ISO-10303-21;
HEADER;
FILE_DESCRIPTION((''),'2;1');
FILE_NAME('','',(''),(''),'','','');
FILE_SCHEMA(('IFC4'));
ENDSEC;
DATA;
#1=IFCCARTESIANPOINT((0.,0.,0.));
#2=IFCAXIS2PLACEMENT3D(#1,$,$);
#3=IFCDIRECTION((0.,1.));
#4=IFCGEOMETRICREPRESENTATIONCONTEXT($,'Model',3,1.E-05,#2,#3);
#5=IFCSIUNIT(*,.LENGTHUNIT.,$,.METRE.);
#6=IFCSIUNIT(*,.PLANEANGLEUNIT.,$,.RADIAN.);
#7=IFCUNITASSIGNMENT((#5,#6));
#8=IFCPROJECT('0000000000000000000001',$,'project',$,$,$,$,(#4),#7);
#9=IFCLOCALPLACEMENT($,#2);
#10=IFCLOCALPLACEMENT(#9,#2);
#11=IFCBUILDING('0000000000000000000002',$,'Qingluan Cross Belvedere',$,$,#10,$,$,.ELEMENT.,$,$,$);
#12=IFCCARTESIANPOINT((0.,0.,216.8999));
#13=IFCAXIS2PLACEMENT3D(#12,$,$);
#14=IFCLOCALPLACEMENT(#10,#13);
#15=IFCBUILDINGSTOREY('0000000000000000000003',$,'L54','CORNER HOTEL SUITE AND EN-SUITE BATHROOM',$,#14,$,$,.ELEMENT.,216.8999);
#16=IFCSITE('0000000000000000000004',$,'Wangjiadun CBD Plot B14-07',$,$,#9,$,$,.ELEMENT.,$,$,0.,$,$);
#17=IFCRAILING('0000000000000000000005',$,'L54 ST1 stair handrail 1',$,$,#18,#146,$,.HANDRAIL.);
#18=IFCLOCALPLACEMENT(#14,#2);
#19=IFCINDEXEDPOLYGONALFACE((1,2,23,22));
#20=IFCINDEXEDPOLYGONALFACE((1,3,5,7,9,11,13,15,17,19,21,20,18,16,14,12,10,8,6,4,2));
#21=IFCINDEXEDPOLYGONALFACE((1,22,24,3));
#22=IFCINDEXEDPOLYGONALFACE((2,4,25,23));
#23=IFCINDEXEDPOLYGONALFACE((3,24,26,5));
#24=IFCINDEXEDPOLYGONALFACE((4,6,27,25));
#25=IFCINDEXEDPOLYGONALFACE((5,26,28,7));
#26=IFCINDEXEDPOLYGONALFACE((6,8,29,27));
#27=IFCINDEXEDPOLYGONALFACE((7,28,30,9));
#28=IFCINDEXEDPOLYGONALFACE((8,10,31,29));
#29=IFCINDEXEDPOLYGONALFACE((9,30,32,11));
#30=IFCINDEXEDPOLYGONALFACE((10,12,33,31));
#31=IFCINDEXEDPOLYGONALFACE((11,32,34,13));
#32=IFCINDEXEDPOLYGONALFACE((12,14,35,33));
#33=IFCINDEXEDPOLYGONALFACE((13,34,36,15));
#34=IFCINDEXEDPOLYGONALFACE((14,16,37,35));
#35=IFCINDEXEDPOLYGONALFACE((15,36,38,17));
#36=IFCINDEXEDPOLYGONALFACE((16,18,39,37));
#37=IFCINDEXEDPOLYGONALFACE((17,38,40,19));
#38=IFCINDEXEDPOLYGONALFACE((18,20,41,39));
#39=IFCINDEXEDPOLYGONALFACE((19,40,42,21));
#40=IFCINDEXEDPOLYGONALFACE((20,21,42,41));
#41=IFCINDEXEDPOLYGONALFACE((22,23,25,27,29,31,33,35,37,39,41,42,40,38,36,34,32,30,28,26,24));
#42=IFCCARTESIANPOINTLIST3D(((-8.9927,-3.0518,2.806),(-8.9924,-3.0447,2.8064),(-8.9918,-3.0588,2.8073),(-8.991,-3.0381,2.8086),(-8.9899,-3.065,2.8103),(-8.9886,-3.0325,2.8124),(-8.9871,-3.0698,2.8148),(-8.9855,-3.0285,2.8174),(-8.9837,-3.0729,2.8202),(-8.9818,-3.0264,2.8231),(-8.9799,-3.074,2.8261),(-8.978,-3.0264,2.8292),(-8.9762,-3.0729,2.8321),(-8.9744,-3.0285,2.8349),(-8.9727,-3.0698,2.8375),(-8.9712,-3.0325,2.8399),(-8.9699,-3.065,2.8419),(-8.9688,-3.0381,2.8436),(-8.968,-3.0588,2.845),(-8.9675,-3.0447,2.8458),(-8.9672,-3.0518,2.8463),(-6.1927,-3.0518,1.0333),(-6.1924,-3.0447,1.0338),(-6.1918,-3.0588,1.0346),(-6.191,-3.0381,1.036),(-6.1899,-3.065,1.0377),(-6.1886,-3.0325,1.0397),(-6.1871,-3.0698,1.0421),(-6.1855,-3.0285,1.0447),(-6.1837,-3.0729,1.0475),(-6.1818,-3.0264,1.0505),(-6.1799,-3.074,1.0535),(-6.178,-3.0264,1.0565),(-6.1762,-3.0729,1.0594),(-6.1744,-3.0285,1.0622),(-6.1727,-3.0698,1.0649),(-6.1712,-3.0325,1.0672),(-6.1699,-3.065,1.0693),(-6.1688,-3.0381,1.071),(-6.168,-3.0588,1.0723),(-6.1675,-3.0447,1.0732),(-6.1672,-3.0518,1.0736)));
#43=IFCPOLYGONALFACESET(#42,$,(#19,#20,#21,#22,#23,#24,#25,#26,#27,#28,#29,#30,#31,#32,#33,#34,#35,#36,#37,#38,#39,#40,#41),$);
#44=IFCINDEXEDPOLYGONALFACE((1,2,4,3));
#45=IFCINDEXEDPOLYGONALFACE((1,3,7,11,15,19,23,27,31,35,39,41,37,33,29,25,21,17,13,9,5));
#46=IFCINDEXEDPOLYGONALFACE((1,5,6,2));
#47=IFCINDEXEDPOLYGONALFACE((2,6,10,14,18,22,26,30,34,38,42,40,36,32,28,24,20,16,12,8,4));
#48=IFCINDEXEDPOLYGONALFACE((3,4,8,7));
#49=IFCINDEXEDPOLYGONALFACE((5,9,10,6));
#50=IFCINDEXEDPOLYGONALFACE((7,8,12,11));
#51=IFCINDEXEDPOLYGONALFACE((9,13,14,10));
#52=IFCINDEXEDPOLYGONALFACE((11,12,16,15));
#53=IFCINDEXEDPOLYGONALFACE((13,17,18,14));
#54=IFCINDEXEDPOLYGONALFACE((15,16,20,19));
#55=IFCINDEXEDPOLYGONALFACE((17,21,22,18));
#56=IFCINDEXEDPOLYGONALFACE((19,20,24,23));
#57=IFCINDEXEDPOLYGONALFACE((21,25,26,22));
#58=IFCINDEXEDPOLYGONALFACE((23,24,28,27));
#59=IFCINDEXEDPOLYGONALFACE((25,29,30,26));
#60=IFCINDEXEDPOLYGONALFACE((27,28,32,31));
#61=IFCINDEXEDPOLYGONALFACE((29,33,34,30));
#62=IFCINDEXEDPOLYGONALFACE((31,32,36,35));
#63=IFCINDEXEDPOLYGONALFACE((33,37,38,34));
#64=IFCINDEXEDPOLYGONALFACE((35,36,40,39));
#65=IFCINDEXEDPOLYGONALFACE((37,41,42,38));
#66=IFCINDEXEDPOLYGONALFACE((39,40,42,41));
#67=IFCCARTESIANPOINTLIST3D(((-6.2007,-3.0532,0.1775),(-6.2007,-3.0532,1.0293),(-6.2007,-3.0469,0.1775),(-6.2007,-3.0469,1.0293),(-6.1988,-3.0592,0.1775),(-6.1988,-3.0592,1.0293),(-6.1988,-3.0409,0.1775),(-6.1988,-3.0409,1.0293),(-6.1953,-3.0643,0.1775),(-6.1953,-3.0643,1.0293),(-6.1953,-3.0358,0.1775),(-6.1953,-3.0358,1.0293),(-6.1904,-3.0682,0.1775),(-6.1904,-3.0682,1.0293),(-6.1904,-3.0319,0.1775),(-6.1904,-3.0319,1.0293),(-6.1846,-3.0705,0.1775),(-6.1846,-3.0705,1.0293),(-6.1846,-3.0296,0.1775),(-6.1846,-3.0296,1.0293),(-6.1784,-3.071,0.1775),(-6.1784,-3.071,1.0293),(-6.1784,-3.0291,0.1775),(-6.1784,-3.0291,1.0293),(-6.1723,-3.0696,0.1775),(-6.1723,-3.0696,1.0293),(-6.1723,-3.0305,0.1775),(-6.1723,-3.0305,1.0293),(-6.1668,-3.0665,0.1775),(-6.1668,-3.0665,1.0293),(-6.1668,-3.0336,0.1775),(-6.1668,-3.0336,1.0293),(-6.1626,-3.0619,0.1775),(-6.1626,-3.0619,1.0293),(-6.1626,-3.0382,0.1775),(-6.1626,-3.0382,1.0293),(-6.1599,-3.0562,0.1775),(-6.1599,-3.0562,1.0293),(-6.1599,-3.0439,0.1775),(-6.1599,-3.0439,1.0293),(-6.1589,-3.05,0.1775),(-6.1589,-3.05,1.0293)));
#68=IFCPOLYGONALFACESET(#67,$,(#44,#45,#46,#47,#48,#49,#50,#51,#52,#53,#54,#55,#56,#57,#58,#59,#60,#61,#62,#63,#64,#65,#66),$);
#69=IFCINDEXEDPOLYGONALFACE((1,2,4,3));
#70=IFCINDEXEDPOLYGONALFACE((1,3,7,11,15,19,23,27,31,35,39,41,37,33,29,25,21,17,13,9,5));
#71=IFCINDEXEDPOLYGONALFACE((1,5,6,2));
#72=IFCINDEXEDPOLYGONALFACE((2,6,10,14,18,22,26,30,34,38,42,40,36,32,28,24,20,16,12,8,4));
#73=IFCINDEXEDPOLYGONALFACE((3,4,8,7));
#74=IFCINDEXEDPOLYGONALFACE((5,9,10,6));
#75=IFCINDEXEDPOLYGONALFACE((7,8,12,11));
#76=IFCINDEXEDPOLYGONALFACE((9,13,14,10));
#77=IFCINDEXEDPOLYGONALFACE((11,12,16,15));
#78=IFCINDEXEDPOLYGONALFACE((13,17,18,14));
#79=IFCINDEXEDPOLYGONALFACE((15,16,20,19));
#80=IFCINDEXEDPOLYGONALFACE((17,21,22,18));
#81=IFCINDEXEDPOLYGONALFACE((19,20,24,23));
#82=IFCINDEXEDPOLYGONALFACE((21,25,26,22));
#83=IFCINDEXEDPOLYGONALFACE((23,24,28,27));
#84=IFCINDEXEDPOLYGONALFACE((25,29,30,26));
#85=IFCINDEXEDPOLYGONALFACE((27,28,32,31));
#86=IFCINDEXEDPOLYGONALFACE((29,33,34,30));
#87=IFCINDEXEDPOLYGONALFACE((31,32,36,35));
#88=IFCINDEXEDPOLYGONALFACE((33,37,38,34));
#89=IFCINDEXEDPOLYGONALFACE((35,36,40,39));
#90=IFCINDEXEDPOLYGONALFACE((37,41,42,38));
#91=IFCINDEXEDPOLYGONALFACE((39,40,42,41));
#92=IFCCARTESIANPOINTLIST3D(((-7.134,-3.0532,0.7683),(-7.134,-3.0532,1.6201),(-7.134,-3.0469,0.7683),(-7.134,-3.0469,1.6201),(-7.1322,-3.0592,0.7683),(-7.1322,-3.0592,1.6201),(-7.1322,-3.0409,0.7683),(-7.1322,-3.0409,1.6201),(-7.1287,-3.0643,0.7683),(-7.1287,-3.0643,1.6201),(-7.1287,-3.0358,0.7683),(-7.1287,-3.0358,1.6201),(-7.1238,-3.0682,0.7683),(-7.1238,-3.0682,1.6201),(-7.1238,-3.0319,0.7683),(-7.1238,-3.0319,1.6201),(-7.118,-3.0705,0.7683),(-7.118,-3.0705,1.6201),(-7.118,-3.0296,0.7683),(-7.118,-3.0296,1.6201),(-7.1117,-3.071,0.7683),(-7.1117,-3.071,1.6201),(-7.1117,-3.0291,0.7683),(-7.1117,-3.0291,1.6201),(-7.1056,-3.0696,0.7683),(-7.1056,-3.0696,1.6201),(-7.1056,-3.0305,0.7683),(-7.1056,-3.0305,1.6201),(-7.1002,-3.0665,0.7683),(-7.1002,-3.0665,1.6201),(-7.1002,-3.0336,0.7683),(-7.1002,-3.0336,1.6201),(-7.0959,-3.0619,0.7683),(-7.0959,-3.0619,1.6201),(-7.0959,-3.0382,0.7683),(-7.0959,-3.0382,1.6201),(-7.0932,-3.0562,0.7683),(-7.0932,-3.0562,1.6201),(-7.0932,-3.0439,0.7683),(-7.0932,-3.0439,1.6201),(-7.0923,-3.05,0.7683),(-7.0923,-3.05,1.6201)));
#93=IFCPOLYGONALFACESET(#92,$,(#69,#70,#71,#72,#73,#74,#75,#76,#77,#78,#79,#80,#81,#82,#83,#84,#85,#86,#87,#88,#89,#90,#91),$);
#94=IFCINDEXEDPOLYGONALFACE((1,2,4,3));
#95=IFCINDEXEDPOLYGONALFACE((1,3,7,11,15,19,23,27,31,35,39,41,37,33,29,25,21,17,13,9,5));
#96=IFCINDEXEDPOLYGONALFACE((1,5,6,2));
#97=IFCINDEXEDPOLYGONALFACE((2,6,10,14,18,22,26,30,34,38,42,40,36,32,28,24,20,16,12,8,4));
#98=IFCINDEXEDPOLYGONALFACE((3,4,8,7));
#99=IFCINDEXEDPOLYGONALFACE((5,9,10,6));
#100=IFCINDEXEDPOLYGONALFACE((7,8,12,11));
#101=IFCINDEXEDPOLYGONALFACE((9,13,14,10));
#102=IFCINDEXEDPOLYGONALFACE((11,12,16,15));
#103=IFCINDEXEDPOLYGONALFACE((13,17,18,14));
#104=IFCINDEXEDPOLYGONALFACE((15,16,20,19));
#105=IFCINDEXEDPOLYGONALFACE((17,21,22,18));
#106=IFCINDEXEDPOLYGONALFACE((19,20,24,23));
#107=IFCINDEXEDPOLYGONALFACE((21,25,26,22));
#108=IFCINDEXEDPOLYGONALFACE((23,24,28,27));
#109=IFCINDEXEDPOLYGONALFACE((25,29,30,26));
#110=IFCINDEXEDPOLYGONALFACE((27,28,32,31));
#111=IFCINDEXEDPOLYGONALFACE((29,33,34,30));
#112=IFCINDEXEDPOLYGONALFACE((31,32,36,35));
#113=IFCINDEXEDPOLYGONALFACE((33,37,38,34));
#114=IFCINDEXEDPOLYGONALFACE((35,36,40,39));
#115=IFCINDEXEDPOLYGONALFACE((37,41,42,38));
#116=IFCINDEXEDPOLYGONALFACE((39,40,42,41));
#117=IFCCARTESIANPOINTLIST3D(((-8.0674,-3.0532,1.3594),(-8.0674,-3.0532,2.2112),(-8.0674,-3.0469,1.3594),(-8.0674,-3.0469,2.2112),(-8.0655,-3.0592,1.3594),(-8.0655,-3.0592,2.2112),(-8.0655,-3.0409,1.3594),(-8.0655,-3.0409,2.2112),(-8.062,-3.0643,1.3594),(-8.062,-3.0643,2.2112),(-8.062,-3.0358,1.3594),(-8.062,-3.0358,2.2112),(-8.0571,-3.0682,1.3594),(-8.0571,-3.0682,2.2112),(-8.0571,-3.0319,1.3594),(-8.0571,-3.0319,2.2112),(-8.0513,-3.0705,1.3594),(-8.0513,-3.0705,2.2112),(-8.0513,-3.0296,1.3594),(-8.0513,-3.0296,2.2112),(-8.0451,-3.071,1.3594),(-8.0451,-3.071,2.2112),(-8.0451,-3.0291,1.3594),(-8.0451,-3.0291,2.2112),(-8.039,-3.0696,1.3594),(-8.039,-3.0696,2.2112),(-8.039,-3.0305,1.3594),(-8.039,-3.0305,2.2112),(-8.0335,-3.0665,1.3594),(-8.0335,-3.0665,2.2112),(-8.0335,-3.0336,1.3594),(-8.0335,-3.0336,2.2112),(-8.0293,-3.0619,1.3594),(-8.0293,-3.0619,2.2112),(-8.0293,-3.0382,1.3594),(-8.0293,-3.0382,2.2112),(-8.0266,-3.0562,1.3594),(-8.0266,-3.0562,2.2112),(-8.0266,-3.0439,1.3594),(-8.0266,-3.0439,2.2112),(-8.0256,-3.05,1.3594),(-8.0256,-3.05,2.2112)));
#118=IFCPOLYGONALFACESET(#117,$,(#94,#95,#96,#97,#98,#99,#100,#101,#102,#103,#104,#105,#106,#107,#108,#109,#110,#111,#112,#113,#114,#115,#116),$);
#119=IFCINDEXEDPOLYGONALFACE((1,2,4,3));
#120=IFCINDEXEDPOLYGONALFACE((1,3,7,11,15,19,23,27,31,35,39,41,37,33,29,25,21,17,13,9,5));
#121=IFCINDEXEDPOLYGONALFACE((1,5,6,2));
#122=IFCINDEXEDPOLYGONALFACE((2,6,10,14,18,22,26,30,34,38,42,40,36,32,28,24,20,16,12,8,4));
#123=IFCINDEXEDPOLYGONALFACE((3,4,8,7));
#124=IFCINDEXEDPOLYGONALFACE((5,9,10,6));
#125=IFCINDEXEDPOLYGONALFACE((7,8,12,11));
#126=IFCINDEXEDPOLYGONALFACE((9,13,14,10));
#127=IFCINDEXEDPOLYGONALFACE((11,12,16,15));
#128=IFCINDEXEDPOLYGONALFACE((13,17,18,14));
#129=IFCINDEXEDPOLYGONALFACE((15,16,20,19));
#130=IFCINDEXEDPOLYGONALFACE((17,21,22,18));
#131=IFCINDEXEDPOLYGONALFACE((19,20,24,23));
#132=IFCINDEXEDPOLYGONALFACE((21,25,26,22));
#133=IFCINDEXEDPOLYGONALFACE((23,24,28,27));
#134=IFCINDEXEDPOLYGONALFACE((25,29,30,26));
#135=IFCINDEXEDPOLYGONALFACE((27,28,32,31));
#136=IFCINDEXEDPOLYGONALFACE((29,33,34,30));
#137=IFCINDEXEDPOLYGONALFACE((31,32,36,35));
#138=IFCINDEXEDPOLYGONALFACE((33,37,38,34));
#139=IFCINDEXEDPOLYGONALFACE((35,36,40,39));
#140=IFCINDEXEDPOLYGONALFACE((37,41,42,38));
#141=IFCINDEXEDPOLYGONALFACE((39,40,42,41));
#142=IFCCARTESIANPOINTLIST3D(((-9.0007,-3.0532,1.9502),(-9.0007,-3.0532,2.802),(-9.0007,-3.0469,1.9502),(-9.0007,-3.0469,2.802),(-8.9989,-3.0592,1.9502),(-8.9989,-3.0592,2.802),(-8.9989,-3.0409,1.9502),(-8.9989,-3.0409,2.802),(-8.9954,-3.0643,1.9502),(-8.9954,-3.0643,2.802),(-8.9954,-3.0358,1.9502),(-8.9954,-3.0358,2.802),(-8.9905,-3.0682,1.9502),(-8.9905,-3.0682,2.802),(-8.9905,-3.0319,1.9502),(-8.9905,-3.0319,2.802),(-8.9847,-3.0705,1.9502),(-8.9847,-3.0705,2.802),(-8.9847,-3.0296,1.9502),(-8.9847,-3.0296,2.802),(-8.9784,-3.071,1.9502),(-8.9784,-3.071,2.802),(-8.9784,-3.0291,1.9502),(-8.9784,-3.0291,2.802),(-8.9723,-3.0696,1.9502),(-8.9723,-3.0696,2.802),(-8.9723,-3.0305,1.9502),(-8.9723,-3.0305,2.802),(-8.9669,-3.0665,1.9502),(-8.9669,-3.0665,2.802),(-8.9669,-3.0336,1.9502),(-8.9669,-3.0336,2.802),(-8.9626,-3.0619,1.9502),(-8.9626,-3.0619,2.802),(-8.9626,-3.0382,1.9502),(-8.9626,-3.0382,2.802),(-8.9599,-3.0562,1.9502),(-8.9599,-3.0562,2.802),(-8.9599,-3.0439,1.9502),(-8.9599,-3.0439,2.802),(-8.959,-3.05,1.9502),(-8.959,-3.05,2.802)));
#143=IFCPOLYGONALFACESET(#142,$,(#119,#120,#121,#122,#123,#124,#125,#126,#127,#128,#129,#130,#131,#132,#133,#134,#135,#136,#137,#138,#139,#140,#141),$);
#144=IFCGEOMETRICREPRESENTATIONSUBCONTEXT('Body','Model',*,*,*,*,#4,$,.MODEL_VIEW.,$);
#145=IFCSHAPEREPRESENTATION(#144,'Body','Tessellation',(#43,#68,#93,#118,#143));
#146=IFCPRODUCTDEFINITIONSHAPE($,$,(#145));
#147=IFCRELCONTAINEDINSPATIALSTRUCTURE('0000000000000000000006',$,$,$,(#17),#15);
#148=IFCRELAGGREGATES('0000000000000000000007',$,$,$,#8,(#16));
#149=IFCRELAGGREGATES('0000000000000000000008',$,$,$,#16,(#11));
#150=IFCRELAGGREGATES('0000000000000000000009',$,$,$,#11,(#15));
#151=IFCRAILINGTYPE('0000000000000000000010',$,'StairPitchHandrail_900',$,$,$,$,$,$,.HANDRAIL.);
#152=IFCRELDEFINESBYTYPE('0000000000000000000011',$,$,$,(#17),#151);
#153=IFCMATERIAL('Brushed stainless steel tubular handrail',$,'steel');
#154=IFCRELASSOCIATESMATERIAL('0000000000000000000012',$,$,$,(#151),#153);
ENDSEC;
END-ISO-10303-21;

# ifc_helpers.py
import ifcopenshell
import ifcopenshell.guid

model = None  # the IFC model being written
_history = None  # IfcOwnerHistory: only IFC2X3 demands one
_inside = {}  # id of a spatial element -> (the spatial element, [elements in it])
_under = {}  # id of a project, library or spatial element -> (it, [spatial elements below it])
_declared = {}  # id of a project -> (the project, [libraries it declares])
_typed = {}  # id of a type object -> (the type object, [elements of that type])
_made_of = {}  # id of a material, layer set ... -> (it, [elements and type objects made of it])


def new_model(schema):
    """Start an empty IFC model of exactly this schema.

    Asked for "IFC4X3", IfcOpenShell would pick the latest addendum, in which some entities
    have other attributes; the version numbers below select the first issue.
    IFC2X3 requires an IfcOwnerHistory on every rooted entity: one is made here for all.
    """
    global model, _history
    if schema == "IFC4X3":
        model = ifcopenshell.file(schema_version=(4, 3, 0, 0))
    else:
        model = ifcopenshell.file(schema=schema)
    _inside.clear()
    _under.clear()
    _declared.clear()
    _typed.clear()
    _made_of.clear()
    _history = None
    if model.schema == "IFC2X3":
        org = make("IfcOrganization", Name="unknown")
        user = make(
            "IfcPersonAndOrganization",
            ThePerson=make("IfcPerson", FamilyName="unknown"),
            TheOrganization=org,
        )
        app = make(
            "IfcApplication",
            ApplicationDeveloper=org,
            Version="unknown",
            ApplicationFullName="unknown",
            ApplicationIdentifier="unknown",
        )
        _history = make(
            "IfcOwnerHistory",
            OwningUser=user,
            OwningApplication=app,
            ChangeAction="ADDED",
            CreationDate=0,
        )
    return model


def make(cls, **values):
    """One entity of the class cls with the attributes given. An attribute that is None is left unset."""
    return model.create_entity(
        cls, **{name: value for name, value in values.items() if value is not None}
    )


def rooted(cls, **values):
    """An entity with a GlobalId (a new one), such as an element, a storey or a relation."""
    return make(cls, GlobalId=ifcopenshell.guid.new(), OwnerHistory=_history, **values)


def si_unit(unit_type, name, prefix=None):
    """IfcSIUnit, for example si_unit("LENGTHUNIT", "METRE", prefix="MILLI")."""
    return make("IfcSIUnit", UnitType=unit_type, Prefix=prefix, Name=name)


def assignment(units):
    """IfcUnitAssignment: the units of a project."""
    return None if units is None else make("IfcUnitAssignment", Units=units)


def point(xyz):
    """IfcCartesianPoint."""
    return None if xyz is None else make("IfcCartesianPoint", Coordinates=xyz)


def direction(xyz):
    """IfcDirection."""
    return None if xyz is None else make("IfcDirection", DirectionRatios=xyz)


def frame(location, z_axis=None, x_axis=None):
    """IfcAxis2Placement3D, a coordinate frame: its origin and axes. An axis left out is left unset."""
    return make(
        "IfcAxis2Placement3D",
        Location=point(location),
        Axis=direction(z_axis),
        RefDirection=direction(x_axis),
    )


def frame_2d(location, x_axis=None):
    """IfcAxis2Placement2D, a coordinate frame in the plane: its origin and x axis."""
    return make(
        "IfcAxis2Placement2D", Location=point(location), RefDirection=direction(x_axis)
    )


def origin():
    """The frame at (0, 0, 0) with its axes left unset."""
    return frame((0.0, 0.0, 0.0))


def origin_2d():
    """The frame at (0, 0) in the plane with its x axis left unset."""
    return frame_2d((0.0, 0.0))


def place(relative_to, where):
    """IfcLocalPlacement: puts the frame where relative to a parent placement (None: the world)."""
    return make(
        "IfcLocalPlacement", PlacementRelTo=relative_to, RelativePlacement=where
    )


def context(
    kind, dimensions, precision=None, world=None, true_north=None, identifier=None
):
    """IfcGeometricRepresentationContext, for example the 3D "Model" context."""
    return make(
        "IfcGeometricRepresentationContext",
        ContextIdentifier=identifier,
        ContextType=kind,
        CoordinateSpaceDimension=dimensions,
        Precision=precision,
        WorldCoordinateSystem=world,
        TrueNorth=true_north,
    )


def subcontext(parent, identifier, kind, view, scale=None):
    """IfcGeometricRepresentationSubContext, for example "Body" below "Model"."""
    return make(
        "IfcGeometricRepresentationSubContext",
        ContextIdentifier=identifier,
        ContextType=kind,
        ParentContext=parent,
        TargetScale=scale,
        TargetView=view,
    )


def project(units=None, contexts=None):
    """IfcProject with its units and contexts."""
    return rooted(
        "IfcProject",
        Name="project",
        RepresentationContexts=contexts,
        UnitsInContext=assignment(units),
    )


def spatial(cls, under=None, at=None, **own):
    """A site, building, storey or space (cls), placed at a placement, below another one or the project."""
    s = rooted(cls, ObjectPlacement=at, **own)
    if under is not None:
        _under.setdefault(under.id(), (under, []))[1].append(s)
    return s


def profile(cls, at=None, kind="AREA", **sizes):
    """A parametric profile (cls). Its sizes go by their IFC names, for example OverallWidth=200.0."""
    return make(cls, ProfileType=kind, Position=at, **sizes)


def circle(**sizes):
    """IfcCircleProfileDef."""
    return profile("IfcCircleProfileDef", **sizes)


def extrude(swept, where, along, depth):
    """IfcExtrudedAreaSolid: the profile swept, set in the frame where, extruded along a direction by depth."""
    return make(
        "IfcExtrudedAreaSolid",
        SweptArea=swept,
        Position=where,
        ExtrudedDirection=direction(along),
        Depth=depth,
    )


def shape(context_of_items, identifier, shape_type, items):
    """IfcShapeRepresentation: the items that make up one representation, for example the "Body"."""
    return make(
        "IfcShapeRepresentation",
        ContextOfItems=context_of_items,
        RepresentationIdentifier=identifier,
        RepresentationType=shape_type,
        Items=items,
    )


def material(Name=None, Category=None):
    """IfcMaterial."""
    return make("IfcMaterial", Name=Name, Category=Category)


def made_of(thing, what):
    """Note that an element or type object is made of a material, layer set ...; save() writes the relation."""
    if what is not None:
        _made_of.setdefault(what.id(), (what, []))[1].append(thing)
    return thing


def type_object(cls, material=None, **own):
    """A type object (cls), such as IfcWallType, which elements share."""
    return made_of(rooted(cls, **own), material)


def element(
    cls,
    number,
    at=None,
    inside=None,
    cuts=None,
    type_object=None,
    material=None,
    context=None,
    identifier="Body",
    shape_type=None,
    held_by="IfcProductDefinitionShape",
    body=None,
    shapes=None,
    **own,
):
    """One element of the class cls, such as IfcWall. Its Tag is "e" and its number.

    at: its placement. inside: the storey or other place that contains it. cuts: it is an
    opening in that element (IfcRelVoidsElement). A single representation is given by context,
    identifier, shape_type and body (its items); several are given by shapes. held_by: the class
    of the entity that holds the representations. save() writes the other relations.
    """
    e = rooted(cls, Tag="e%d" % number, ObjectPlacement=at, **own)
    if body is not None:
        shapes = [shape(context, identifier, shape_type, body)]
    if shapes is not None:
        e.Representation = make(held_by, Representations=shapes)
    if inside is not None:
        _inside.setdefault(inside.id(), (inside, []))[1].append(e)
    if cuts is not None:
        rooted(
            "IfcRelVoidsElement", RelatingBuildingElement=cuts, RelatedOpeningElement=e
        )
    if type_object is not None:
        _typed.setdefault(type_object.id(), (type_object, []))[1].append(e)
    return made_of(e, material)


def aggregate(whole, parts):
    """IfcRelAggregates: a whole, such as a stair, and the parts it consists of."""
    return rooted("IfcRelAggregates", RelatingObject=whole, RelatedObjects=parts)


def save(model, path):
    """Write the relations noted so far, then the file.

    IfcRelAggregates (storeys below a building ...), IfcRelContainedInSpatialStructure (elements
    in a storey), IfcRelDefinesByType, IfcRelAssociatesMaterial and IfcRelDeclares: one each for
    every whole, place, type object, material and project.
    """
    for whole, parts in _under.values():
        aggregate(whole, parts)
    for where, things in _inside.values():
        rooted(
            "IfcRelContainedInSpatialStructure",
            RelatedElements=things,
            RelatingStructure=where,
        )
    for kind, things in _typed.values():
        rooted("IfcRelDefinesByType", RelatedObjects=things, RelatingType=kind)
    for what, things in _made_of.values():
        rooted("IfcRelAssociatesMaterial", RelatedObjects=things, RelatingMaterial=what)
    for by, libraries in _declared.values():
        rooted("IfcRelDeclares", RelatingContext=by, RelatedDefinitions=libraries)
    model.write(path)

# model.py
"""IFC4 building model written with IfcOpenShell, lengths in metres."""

from ifc_helpers import new_model, si_unit, direction, frame, origin, origin_2d, place, context, subcontext, project, spatial, circle, extrude, material, type_object, element, save


model = new_model("IFC4")

# Units and contexts
model_context = context("Model", 3, precision=1e-05, world=origin(), true_north=direction((0.0, 1.0)))
body_context = subcontext(model_context, "Body", "Model", "MODEL_VIEW")
ifc_project = project(units=[si_unit("LENGTHUNIT", "METRE"), si_unit("PLANEANGLEUNIT", "RADIAN")], contexts=[model_context])

# Site, building, storey
site_placement = place(None, origin())
site = spatial("IfcSite", under=ifc_project, at=site_placement, Name="Wangjiadun CBD Plot B14-07", CompositionType="ELEMENT", RefElevation=0.0)
building_placement = place(site_placement, origin())
building = spatial("IfcBuilding", under=site, at=building_placement, Name="Qingluan Cross Belvedere", CompositionType="ELEMENT")
storey_placement = place(building_placement, frame((0.0, 0.0, 216.8999)))
storey = spatial("IfcBuildingStorey", under=building, at=storey_placement, Name="L54", Description="CORNER HOTEL SUITE AND EN-SUITE BATHROOM", CompositionType="ELEMENT", Elevation=216.8999)

# Railing
ifc_material_1 = material(Name="Brushed stainless steel tubular handrail", Category="steel")
railing_type_1 = type_object("IfcRailingType", Name="StairPitchHandrail_900", PredefinedType="HANDRAIL", material=ifc_material_1)
railing_1_placement = place(storey_placement, frame((-6.1799, -3.05, 0.1775)))
element("IfcRailing", 1, at=railing_1_placement, inside=storey, type_object=railing_type_1, Name="L54 ST1 stair handrail 1", PredefinedType="HANDRAIL", context=body_context, shape_type="SweptSolid", body=[
    extrude(circle(Radius=0.0239, at=origin_2d()), frame((0.0, 0.0, 0.876), z_axis=(-0.844909, 0.0, 0.53491), x_axis=(0.0, -1.0, 0.0)), (0.0, 0.0, 1.0), 3.314),
    extrude(circle(Radius=0.021, at=origin_2d()), origin(), (0.0, 0.0, 1.0), 0.8518),
    extrude(circle(Radius=0.021, at=origin_2d()), frame((-0.9333, 0.0, 0.5908)), (0.0, 0.0, 1.0), 0.8518),
    extrude(circle(Radius=0.021, at=origin_2d()), frame((-1.8667, 0.0, 1.1819)), (0.0, 0.0, 1.0), 0.8518),
    extrude(circle(Radius=0.021, at=origin_2d()), frame((-2.8, 0.0, 1.7727)), (0.0, 0.0, 1.0), 0.8518),
])

save(model, "model.ifc")
